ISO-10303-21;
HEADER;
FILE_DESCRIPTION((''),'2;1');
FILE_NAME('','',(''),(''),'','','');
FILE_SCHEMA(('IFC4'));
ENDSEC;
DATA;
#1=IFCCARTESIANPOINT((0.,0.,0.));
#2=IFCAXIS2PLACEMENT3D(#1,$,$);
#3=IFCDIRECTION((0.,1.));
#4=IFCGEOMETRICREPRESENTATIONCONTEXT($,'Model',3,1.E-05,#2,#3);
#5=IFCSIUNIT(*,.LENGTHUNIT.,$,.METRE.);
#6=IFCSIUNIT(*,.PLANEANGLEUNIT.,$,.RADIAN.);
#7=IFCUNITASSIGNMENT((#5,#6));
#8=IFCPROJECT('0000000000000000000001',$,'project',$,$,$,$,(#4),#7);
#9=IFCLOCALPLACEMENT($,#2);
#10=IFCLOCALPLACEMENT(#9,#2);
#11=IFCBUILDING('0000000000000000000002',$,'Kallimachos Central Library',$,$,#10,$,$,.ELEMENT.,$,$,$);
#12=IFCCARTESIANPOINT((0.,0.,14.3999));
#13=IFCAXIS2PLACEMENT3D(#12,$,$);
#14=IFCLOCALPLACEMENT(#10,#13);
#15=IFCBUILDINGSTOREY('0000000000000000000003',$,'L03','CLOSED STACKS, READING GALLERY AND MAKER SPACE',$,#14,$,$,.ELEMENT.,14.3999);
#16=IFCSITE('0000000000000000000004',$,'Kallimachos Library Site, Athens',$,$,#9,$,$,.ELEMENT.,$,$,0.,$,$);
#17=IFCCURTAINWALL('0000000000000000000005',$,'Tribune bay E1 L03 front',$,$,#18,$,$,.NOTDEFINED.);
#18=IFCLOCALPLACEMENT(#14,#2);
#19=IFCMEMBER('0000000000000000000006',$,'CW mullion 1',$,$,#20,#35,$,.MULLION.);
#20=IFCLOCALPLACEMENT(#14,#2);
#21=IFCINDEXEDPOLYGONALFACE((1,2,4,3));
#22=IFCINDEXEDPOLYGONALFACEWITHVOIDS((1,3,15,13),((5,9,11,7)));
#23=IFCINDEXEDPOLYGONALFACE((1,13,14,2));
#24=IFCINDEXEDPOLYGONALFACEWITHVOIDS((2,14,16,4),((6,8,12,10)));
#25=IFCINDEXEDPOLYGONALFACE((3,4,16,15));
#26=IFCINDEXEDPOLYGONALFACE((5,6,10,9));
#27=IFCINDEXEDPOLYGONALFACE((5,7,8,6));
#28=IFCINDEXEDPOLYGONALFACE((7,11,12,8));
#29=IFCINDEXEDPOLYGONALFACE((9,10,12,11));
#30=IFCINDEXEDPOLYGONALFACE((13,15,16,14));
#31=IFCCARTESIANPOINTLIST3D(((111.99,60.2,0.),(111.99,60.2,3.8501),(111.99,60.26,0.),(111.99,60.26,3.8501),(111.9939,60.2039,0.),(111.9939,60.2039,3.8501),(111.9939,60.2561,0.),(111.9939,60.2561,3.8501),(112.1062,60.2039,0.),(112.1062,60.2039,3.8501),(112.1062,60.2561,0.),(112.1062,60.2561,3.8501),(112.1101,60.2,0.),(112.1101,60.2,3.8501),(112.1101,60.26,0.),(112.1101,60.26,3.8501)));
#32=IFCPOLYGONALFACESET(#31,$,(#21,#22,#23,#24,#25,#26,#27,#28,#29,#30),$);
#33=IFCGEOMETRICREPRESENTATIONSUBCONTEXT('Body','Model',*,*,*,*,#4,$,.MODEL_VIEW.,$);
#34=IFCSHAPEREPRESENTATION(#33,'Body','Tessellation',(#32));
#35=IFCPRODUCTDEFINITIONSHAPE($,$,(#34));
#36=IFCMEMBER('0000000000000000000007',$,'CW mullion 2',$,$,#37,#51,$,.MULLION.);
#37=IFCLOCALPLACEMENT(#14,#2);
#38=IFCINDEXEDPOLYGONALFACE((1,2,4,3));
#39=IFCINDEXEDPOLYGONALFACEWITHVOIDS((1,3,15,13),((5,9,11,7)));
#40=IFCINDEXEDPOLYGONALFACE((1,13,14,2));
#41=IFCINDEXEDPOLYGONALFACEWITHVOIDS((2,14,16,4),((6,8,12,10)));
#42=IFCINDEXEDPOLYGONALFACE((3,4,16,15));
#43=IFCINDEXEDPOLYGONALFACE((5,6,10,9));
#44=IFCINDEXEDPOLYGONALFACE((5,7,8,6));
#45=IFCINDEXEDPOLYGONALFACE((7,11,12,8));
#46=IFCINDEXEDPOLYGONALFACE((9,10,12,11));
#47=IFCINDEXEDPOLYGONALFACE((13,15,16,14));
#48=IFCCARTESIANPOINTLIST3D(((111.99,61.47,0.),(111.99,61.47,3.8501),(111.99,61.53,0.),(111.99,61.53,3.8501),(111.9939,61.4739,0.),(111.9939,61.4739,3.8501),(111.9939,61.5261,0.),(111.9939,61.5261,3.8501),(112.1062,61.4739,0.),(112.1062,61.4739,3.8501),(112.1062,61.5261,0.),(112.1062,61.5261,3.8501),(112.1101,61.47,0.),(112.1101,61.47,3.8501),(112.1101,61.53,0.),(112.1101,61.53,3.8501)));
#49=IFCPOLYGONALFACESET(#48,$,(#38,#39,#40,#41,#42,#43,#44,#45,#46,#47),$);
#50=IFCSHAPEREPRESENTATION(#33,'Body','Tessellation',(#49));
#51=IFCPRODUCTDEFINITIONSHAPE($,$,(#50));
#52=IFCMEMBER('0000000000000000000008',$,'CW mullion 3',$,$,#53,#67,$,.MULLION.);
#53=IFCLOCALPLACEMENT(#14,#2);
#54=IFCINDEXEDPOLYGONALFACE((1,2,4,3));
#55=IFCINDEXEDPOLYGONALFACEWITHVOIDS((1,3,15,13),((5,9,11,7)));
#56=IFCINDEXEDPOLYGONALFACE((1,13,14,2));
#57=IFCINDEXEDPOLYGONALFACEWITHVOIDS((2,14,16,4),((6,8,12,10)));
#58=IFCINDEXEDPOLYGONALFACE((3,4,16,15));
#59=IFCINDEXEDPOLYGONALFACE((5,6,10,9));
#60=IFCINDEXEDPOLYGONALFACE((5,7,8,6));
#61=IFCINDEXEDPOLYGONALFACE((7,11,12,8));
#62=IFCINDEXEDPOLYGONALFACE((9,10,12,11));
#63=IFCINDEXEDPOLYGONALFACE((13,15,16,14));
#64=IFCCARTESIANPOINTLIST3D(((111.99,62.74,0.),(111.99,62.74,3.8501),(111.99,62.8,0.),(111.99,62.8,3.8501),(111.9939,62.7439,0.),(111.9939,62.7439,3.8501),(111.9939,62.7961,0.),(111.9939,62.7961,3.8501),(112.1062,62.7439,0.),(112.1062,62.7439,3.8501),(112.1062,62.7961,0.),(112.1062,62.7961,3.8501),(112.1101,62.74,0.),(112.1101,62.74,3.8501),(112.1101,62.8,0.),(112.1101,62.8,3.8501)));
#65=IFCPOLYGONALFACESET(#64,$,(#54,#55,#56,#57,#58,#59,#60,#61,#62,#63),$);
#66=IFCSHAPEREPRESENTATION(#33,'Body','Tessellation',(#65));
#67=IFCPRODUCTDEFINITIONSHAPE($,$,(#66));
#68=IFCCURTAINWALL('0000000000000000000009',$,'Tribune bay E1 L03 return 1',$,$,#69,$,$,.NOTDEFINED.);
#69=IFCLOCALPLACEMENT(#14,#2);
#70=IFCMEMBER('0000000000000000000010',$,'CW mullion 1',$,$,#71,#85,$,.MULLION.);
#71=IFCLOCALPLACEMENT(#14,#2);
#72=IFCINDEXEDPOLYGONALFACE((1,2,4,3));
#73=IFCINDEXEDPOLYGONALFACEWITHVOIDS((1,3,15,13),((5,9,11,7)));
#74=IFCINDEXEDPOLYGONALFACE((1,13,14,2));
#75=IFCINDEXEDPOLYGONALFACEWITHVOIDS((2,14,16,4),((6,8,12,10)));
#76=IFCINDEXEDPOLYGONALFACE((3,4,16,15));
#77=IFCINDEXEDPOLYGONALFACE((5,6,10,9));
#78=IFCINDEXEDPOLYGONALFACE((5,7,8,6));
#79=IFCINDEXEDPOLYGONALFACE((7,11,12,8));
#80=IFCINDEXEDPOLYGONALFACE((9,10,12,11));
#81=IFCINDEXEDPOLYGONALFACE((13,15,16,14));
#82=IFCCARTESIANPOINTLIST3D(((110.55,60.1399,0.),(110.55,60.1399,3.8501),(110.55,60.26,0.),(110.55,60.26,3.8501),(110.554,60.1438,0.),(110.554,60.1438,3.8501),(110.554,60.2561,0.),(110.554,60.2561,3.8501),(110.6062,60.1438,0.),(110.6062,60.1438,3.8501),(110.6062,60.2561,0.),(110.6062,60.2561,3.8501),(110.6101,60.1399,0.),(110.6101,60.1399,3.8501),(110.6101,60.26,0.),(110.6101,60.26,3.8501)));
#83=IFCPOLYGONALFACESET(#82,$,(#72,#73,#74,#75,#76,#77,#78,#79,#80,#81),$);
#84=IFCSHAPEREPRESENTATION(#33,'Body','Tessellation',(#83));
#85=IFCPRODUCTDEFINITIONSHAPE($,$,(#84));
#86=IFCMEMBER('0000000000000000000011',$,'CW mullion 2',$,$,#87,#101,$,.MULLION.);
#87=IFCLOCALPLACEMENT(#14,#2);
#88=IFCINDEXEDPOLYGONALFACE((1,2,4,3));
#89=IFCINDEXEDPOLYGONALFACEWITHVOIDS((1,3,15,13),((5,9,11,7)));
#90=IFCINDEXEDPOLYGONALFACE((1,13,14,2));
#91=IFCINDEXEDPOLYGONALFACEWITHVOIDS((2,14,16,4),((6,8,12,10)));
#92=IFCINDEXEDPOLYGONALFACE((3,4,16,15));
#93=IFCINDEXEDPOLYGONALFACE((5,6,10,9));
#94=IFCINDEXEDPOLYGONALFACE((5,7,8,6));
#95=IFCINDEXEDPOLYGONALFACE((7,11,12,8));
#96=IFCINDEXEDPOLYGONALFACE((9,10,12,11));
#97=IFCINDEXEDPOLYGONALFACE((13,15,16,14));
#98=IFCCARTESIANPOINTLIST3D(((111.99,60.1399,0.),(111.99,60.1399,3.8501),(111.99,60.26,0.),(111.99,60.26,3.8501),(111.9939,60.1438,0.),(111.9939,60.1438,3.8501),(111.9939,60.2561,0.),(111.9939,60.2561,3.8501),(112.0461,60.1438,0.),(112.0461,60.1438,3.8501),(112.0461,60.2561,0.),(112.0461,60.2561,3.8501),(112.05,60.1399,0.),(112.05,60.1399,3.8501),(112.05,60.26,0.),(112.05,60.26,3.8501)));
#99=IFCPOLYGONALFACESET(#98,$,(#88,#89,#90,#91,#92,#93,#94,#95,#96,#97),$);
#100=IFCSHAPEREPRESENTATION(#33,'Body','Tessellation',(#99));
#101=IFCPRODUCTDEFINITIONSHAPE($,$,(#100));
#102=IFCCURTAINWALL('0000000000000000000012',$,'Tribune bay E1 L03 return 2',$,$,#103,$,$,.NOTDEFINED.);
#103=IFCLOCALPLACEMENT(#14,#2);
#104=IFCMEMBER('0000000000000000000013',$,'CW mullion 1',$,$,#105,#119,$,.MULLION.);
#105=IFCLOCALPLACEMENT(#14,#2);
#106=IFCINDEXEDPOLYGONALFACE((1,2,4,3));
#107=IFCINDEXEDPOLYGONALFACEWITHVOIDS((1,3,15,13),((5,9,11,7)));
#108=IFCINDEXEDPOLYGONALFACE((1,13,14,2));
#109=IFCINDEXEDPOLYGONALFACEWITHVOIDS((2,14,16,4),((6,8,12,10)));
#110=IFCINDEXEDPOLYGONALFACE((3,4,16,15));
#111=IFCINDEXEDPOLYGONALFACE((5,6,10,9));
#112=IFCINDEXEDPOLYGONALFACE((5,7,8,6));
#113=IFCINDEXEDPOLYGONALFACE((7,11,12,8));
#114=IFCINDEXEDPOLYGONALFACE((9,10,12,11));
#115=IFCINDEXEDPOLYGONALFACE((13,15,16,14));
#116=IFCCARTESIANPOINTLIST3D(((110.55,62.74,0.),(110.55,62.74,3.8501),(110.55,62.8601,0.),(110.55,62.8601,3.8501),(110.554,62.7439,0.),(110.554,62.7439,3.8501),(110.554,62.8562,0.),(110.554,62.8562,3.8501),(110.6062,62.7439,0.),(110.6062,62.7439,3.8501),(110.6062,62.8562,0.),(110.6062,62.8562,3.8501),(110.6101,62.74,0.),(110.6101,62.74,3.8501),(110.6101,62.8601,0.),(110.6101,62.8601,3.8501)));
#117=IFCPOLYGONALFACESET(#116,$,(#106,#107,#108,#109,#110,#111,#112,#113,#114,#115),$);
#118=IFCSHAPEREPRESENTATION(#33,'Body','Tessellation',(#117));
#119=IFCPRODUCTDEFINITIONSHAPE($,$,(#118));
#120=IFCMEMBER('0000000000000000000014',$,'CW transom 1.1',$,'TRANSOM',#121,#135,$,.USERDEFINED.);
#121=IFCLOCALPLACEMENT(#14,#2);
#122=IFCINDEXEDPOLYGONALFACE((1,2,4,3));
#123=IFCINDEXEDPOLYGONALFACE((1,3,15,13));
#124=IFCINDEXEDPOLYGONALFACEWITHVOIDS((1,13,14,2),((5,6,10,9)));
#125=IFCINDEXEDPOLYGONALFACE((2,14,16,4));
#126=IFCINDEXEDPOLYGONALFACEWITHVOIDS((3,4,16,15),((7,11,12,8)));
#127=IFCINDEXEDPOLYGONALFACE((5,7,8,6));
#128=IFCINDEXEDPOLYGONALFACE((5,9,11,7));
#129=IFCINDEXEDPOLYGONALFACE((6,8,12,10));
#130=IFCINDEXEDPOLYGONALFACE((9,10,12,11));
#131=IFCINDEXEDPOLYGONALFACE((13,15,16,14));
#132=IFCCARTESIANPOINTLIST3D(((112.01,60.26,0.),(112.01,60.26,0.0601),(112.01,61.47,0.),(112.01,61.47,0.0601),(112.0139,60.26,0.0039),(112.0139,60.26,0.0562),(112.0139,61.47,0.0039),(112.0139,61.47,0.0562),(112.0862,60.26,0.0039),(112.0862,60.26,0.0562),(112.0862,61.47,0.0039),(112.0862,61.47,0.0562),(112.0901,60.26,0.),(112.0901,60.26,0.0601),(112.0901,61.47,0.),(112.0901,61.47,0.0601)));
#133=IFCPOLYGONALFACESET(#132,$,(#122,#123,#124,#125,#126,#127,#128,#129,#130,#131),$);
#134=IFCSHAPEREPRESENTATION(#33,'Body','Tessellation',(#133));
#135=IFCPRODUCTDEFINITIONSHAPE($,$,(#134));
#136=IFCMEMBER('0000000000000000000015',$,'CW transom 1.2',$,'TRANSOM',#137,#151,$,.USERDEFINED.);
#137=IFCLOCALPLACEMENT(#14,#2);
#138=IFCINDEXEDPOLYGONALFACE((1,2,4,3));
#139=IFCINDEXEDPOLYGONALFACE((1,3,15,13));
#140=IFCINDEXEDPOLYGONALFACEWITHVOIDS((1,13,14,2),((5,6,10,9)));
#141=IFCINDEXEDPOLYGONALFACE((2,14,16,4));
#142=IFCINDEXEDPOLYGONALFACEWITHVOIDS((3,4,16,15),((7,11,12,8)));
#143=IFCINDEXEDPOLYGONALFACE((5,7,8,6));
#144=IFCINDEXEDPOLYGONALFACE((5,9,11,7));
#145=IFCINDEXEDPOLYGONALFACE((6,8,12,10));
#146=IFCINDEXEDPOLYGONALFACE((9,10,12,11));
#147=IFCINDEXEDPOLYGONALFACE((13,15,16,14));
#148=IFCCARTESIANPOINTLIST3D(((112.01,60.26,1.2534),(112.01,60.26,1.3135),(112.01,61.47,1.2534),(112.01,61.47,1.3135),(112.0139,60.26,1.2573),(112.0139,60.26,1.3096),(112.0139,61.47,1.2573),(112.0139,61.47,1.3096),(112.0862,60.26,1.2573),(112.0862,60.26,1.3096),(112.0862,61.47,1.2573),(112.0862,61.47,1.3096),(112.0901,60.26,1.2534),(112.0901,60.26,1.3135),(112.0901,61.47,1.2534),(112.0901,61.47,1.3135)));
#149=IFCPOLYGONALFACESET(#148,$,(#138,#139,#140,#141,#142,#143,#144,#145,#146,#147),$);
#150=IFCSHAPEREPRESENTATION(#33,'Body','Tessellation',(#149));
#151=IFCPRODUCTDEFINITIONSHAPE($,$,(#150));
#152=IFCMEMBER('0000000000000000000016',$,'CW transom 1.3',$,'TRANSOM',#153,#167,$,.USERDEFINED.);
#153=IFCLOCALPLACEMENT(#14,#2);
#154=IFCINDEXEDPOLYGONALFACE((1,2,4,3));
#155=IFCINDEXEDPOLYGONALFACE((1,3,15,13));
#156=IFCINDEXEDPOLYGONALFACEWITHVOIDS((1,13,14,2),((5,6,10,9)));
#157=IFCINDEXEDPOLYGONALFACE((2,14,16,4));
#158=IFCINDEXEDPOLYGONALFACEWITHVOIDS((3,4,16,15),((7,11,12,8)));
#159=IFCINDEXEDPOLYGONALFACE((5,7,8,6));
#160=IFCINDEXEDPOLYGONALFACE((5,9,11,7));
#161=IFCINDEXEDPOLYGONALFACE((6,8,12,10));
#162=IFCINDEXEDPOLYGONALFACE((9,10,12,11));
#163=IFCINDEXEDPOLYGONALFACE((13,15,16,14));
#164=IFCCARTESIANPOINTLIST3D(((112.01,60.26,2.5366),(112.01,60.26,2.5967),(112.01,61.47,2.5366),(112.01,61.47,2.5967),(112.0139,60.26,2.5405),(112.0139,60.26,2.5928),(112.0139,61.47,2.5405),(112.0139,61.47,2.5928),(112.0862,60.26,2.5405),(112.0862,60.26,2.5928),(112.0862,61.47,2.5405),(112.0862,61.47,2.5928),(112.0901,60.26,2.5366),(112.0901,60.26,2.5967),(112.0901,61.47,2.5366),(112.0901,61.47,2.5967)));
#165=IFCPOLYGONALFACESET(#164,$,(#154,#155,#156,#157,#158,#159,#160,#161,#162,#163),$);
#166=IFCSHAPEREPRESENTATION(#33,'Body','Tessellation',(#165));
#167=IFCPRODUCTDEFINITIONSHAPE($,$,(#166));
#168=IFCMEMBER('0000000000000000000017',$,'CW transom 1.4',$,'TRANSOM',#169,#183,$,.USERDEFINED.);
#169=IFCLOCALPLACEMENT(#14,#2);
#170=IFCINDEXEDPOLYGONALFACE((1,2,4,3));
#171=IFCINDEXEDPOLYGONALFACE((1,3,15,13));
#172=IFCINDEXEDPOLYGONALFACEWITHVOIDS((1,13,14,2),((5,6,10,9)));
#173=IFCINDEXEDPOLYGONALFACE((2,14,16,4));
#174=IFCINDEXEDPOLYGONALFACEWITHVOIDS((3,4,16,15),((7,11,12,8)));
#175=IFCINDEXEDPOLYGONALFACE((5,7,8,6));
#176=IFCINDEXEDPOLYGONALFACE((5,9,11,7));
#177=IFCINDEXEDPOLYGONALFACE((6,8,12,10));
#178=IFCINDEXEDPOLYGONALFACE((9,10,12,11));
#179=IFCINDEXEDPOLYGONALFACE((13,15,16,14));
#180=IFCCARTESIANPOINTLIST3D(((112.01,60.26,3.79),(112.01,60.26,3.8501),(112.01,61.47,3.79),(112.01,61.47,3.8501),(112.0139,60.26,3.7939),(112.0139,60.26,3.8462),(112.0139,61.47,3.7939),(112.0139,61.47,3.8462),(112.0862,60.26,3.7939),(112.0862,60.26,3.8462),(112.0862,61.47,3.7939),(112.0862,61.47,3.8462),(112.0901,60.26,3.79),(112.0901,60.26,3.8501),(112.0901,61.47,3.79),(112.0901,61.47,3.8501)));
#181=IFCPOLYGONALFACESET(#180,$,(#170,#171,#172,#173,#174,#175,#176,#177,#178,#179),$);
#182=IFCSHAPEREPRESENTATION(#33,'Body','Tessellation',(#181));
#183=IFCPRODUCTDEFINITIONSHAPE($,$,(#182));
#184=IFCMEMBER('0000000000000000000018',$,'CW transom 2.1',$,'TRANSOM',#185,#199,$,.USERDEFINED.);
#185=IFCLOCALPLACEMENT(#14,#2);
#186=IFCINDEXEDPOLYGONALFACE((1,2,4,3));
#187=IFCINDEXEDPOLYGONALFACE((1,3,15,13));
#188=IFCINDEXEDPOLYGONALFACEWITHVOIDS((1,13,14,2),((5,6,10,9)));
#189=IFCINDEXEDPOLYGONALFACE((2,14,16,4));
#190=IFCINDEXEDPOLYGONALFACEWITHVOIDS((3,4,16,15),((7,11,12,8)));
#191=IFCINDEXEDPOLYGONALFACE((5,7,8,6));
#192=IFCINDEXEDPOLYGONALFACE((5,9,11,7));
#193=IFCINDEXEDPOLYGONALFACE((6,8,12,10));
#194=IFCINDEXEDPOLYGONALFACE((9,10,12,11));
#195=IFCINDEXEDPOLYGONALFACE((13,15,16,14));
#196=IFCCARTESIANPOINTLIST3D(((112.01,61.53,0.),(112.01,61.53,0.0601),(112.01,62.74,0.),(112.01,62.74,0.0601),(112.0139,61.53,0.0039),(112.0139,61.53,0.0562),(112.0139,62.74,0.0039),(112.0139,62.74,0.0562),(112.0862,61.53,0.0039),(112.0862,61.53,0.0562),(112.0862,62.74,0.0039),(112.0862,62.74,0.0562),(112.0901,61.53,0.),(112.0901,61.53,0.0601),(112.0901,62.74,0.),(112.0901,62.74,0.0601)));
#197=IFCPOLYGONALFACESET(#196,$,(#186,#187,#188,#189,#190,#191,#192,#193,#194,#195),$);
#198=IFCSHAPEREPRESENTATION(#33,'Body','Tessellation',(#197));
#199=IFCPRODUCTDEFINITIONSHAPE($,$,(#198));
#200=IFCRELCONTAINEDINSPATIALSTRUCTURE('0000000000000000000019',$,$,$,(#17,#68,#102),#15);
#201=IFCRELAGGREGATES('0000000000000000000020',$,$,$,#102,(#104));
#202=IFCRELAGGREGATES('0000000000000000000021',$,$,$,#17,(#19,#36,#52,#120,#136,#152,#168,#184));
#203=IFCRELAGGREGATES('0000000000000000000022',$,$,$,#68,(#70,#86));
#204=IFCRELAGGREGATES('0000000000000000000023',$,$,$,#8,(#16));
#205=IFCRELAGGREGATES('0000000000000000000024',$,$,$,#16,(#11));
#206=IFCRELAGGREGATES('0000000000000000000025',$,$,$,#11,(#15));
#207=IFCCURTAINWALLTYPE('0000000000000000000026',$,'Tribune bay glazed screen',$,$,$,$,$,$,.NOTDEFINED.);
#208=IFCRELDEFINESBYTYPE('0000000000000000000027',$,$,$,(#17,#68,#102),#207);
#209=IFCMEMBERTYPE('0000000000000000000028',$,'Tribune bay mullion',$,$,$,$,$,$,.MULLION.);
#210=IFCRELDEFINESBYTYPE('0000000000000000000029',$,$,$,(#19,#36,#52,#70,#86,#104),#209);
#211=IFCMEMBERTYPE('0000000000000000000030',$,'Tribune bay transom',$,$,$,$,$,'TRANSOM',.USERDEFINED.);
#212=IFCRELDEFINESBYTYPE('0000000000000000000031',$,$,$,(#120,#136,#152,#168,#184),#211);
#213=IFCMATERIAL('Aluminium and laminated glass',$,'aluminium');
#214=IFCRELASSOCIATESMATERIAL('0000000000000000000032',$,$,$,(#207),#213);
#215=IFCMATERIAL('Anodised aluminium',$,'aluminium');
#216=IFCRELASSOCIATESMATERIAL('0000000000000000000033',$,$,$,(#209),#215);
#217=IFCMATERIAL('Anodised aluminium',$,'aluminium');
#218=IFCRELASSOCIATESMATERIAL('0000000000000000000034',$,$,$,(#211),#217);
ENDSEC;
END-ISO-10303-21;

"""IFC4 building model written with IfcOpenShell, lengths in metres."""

from ifc_helpers import new_model, si_unit, direction, frame, origin, origin_2d, place, context, subcontext, project, spatial, hollow_rectangle, extrude, material, material_profile, profile_set, type_object, element, aggregate, save


model = new_model("IFC4")

# Units and contexts
model_context = context("Model", 3, precision=1e-05, world=origin(), true_north=direction((0.0, 1.0)))
body_context = subcontext(model_context, "Body", "Model", "MODEL_VIEW")
ifc_project = project(units=[si_unit("LENGTHUNIT", "METRE"), si_unit("PLANEANGLEUNIT", "RADIAN")], contexts=[model_context])

# Site, building, storey
site_placement = place(None, origin())
site = spatial("IfcSite", under=ifc_project, at=site_placement, Name="Kallimachos Library Site, Athens", CompositionType="ELEMENT", RefElevation=0.0)
building_placement = place(site_placement, origin())
building = spatial("IfcBuilding", under=site, at=building_placement, Name="Kallimachos Central Library", CompositionType="ELEMENT")
storey_placement = place(building_placement, frame((0.0, 0.0, 14.3999)))
storey = spatial("IfcBuildingStorey", under=building, at=storey_placement, Name="L03", Description="CLOSED STACKS, READING GALLERY AND MAKER SPACE", CompositionType="ELEMENT", Elevation=14.3999)

# Curtain walls, members
ifc_material_1 = material(Name="Aluminium and laminated glass", Category="aluminium")
curtain_wall_type = type_object("IfcCurtainWallType", Name="Tribune bay glazed screen", PredefinedType="NOTDEFINED", material=ifc_material_1)
curtain_wall_1_placement = place(storey_placement, origin())
curtain_wall_1 = element("IfcCurtainWall", 1, at=curtain_wall_1_placement, inside=storey, type_object=curtain_wall_type, Name="Tribune bay E1 L03 front", PredefinedType="NOTDEFINED")
ifc_material_2 = material(Name="Anodised aluminium", Category="aluminium")
ifc_material_profile_1 = material_profile(ifc_material_2, hollow_rectangle(XDim=0.0601, YDim=0.1201, WallThickness=0.0039, at=origin_2d()), Name="ALU MULLION 60x120")
ifc_profile_set_1 = profile_set([ifc_material_profile_1], Name="Anodised aluminium")
member_type_1 = type_object("IfcMemberType", Name="Tribune bay mullion", PredefinedType="MULLION", material=ifc_profile_set_1)
member_1_placement = place(storey_placement, frame((112.05, 60.23, 0.0), z_axis=(0.0, 0.0, 1.0), x_axis=(0.0, 1.0, 0.0)))
member_1 = element("IfcMember", 2, at=member_1_placement, type_object=member_type_1, Name="CW mullion 1", PredefinedType="MULLION", context=body_context, shape_type="SweptSolid", body=[
    extrude(hollow_rectangle(XDim=0.0601, YDim=0.1201, WallThickness=0.0039, at=origin_2d()), origin(), (0.0, 0.0, 1.0), 3.8501),
])
member_2_placement = place(storey_placement, frame((112.05, 61.5, 0.0), z_axis=(0.0, 0.0, 1.0), x_axis=(0.0, 1.0, 0.0)))
member_2 = element("IfcMember", 3, at=member_2_placement, type_object=member_type_1, Name="CW mullion 2", PredefinedType="MULLION", context=body_context, shape_type="SweptSolid", body=[
    extrude(hollow_rectangle(XDim=0.0601, YDim=0.1201, WallThickness=0.0039, at=origin_2d()), origin(), (0.0, 0.0, 1.0), 3.8501),
])
member_3_placement = place(storey_placement, frame((112.05, 62.77, 0.0), z_axis=(0.0, 0.0, 1.0), x_axis=(0.0, 1.0, 0.0)))
member_3 = element("IfcMember", 4, at=member_3_placement, type_object=member_type_1, Name="CW mullion 3", PredefinedType="MULLION", context=body_context, shape_type="SweptSolid", body=[
    extrude(hollow_rectangle(XDim=0.0601, YDim=0.1201, WallThickness=0.0039, at=origin_2d()), origin(), (0.0, 0.0, 1.0), 3.8501),
])
curtain_wall_2_placement = place(storey_placement, origin())
curtain_wall_2 = element("IfcCurtainWall", 5, at=curtain_wall_2_placement, inside=storey, type_object=curtain_wall_type, Name="Tribune bay E1 L03 return 1", PredefinedType="NOTDEFINED")
member_4_placement = place(storey_placement, frame((110.5801, 60.2, 0.0), z_axis=(0.0, 0.0, 1.0), x_axis=(1.0, 0.0, 0.0)))
member_4 = element("IfcMember", 6, at=member_4_placement, type_object=member_type_1, Name="CW mullion 1", PredefinedType="MULLION", context=body_context, shape_type="SweptSolid", body=[
    extrude(hollow_rectangle(XDim=0.0601, YDim=0.1201, WallThickness=0.0039, at=origin_2d()), origin(), (0.0, 0.0, 1.0), 3.8501),
])
member_5_placement = place(storey_placement, frame((112.02, 60.2, 0.0), z_axis=(0.0, 0.0, 1.0), x_axis=(1.0, 0.0, 0.0)))
member_5 = element("IfcMember", 7, at=member_5_placement, type_object=member_type_1, Name="CW mullion 2", PredefinedType="MULLION", context=body_context, shape_type="SweptSolid", body=[
    extrude(hollow_rectangle(XDim=0.0601, YDim=0.1201, WallThickness=0.0039, at=origin_2d()), origin(), (0.0, 0.0, 1.0), 3.8501),
])

# Curtain wall, member
curtain_wall_3_placement = place(storey_placement, origin())
curtain_wall_3 = element("IfcCurtainWall", 8, at=curtain_wall_3_placement, inside=storey, type_object=curtain_wall_type, Name="Tribune bay E1 L03 return 2", PredefinedType="NOTDEFINED")
member_6_placement = place(storey_placement, frame((110.5801, 62.8, 0.0), z_axis=(0.0, 0.0, 1.0), x_axis=(1.0, 0.0, 0.0)))
member_6 = element("IfcMember", 9, at=member_6_placement, type_object=member_type_1, Name="CW mullion 1", PredefinedType="MULLION", context=body_context, shape_type="SweptSolid", body=[
    extrude(hollow_rectangle(XDim=0.0601, YDim=0.1201, WallThickness=0.0039, at=origin_2d()), origin(), (0.0, 0.0, 1.0), 3.8501),
])

# Members
ifc_material_3 = material(Name="Anodised aluminium", Category="aluminium")
ifc_material_profile_2 = material_profile(ifc_material_3, hollow_rectangle(XDim=0.0601, YDim=0.0801, WallThickness=0.0039, at=origin_2d()), Name="ALU TRANSOM 60x80")
ifc_profile_set_2 = profile_set([ifc_material_profile_2], Name="Anodised aluminium")
member_type_2 = type_object("IfcMemberType", Name="Tribune bay transom", ElementType="TRANSOM", PredefinedType="USERDEFINED", material=ifc_profile_set_2)
member_7_placement = place(storey_placement, frame((112.05, 60.26, 0.03), z_axis=(0.0, 1.0, 0.0), x_axis=(0.0, 0.0, 1.0)))
member_7 = element("IfcMember", 10, at=member_7_placement, type_object=member_type_2, Name="CW transom 1.1", ObjectType="TRANSOM", PredefinedType="USERDEFINED", context=body_context, shape_type="SweptSolid", body=[
    extrude(hollow_rectangle(XDim=0.0601, YDim=0.0801, WallThickness=0.0039, at=origin_2d()), origin(), (0.0, 0.0, 1.0), 1.21),
])
member_8_placement = place(storey_placement, frame((112.05, 60.26, 1.2834), z_axis=(0.0, 1.0, 0.0), x_axis=(0.0, 0.0, 1.0)))
member_8 = element("IfcMember", 11, at=member_8_placement, type_object=member_type_2, Name="CW transom 1.2", ObjectType="TRANSOM", PredefinedType="USERDEFINED", context=body_context, shape_type="SweptSolid", body=[
    extrude(hollow_rectangle(XDim=0.0601, YDim=0.0801, WallThickness=0.0039, at=origin_2d()), origin(), (0.0, 0.0, 1.0), 1.21),
])
member_9_placement = place(storey_placement, frame((112.05, 60.26, 2.5667), z_axis=(0.0, 1.0, 0.0), x_axis=(0.0, 0.0, 1.0)))
member_9 = element("IfcMember", 12, at=member_9_placement, type_object=member_type_2, Name="CW transom 1.3", ObjectType="TRANSOM", PredefinedType="USERDEFINED", context=body_context, shape_type="SweptSolid", body=[
    extrude(hollow_rectangle(XDim=0.0601, YDim=0.0801, WallThickness=0.0039, at=origin_2d()), origin(), (0.0, 0.0, 1.0), 1.21),
])
member_10_placement = place(storey_placement, frame((112.05, 60.26, 3.8201), z_axis=(0.0, 1.0, 0.0), x_axis=(0.0, 0.0, 1.0)))
member_10 = element("IfcMember", 13, at=member_10_placement, type_object=member_type_2, Name="CW transom 1.4", ObjectType="TRANSOM", PredefinedType="USERDEFINED", context=body_context, shape_type="SweptSolid", body=[
    extrude(hollow_rectangle(XDim=0.0601, YDim=0.0801, WallThickness=0.0039, at=origin_2d()), origin(), (0.0, 0.0, 1.0), 1.21),
])
member_11_placement = place(storey_placement, frame((112.05, 61.53, 0.03), z_axis=(0.0, 1.0, 0.0), x_axis=(0.0, 0.0, 1.0)))
member_11 = element("IfcMember", 14, at=member_11_placement, type_object=member_type_2, Name="CW transom 2.1", ObjectType="TRANSOM", PredefinedType="USERDEFINED", context=body_context, shape_type="SweptSolid", body=[
    extrude(hollow_rectangle(XDim=0.0601, YDim=0.0801, WallThickness=0.0039, at=origin_2d()), origin(), (0.0, 0.0, 1.0), 1.21),
])
aggregate(curtain_wall_3, [member_6])

aggregate(curtain_wall_1, [member_1, member_2, member_3, member_7, member_8, member_9, member_10, member_11])
aggregate(curtain_wall_2, [member_4, member_5])

save(model, "model.ifc")
